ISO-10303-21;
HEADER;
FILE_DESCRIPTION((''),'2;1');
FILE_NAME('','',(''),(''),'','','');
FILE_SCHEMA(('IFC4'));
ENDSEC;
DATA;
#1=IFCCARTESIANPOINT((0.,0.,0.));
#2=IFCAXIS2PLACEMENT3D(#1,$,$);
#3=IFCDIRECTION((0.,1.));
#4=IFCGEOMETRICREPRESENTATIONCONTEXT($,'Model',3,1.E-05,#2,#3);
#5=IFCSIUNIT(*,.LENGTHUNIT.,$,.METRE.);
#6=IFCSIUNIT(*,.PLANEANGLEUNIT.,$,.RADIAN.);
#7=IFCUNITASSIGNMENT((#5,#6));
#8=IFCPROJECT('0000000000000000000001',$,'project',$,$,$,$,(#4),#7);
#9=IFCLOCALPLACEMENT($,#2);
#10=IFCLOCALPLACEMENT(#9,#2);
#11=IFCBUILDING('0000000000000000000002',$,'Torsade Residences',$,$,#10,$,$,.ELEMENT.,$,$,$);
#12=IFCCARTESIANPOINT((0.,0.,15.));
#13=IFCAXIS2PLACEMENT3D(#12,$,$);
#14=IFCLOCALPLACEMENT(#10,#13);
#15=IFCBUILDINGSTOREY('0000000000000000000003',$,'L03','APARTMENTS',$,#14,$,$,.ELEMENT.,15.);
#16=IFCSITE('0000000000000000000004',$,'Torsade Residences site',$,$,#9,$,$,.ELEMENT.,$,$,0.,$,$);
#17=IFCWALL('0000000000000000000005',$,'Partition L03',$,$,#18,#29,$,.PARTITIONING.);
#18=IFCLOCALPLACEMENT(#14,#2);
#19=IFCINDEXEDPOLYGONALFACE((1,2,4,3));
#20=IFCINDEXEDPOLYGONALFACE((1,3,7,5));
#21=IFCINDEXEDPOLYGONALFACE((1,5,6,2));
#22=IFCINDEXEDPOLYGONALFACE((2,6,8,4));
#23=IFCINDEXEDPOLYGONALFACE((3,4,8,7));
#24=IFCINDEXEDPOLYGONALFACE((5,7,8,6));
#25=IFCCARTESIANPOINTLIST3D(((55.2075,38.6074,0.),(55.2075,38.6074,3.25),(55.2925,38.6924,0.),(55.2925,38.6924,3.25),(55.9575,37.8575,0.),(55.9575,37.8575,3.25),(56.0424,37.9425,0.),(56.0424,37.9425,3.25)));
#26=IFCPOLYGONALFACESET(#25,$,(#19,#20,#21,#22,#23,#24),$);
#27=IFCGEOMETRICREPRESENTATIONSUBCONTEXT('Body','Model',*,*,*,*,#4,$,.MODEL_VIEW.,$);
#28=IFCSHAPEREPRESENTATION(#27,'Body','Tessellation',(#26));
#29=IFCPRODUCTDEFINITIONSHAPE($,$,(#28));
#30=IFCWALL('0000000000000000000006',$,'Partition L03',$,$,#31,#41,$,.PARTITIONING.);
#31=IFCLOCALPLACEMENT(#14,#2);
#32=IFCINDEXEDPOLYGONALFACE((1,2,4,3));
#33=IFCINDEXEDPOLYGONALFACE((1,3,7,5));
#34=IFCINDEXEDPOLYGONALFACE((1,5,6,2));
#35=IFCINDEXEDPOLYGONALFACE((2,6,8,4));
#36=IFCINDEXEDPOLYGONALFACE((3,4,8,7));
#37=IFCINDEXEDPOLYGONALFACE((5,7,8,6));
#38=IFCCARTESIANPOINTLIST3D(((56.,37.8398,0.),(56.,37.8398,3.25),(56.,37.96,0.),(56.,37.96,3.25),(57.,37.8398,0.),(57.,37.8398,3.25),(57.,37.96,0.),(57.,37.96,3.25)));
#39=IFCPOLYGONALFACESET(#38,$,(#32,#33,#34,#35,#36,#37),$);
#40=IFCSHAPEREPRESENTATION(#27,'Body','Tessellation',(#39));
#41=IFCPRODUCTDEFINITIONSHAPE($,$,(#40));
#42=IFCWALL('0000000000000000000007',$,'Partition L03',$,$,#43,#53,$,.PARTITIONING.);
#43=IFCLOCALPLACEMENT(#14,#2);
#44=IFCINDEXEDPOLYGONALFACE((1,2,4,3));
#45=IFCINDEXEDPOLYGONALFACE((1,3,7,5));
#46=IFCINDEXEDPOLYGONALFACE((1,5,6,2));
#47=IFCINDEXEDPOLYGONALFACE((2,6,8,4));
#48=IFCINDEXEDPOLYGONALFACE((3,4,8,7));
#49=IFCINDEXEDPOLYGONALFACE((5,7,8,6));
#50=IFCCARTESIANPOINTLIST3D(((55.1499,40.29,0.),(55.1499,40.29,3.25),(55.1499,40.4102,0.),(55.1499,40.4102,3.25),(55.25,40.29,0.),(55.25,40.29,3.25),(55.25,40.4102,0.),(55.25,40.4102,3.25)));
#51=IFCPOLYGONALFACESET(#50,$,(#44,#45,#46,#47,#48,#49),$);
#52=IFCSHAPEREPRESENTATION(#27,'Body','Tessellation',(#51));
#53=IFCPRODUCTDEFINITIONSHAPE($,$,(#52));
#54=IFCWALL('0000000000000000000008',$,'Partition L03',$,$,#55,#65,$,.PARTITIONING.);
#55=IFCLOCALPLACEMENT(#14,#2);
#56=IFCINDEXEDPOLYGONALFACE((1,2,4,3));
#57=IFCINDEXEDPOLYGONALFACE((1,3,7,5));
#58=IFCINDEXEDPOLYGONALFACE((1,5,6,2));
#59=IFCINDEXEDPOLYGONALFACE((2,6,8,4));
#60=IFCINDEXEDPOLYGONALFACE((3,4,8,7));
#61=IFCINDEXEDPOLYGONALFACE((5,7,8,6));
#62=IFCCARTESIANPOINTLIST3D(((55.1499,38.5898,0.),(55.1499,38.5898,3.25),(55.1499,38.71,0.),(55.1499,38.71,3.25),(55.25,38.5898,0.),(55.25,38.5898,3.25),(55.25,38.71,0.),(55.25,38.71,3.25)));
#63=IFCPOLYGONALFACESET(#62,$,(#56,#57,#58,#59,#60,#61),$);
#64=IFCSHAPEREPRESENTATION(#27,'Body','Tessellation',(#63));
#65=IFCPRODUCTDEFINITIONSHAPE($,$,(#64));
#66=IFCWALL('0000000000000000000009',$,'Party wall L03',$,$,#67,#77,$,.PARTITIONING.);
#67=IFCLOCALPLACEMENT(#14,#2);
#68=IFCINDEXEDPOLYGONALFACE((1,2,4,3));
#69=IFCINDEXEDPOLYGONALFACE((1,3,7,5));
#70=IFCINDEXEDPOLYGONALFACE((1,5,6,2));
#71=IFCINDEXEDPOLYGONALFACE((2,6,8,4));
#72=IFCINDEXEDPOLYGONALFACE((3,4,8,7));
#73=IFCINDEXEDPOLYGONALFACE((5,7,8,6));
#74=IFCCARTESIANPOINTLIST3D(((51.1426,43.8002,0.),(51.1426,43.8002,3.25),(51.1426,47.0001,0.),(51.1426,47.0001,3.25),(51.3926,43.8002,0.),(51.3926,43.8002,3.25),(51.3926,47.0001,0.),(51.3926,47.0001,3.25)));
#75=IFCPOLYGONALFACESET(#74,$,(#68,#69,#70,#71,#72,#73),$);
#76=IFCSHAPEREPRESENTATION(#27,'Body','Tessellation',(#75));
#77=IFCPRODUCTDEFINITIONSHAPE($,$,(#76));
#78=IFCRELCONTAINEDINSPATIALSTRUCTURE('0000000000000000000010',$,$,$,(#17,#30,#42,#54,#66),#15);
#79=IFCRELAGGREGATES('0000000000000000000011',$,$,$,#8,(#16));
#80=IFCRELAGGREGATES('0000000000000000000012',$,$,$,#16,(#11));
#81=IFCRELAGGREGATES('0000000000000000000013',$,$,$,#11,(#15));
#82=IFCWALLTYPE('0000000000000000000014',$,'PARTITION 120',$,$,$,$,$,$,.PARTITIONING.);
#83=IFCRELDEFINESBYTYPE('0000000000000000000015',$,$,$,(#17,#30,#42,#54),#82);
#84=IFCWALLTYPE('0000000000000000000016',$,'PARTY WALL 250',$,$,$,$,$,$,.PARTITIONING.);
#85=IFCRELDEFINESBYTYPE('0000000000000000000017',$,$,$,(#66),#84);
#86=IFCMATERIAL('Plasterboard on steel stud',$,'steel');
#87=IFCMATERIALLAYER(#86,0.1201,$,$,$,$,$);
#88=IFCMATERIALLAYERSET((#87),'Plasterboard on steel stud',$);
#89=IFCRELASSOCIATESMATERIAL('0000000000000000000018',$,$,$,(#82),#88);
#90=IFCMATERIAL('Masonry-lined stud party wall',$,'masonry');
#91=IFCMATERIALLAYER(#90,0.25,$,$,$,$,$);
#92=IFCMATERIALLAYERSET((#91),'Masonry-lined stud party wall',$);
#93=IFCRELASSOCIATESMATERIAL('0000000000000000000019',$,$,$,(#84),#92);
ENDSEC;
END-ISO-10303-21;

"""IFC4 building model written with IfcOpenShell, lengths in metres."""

from ifc_helpers import new_model, si_unit, direction, frame, frame_2d, origin, place, context, subcontext, project, spatial, rectangle, extrude, material, layer, layer_set, type_object, element, save


model = new_model("IFC4")

# Units and contexts
model_context = context("Model", 3, precision=1e-05, world=origin(), true_north=direction((0.0, 1.0)))
body_context = subcontext(model_context, "Body", "Model", "MODEL_VIEW")
ifc_project = project(units=[si_unit("LENGTHUNIT", "METRE"), si_unit("PLANEANGLEUNIT", "RADIAN")], contexts=[model_context])

# Site, building, storey
site_placement = place(None, origin())
site = spatial("IfcSite", under=ifc_project, at=site_placement, Name="Torsade Residences site", CompositionType="ELEMENT", RefElevation=0.0)
building_placement = place(site_placement, origin())
building = spatial("IfcBuilding", under=site, at=building_placement, Name="Torsade Residences", CompositionType="ELEMENT")
storey_placement = place(building_placement, frame((0.0, 0.0, 15.0)))
storey = spatial("IfcBuildingStorey", under=building, at=storey_placement, Name="L03", Description="APARTMENTS", CompositionType="ELEMENT", Elevation=15.0)

# Walls
ifc_material_1 = material(Name="Plasterboard on steel stud", Category="steel")
ifc_layer_1 = layer(ifc_material_1, 0.1201)
ifc_layer_set_1 = layer_set([ifc_layer_1], Name="Plasterboard on steel stud")
wall_type_1 = type_object("IfcWallType", Name="PARTITION 120", PredefinedType="PARTITIONING", material=ifc_layer_set_1)
wall_1_placement = place(storey_placement, frame((55.25, 38.6499, 0.0), z_axis=(0.0, 0.0, 1.0), x_axis=(0.707107, -0.707107, 0.0)))
element("IfcWall", 1, at=wall_1_placement, inside=storey, type_object=wall_type_1, Name="Partition L03", PredefinedType="PARTITIONING", context=body_context, shape_type="SweptSolid", body=[
    extrude(rectangle(XDim=1.0605, YDim=0.1201, at=frame_2d((0.5303, 0.0))), origin(), (0.0, 0.0, 1.0), 3.25),
])
wall_2_placement = place(storey_placement, frame((56.0, 37.8999, 0.0), z_axis=(0.0, 0.0, 1.0), x_axis=(1.0, 0.0, 0.0)))
element("IfcWall", 2, at=wall_2_placement, inside=storey, type_object=wall_type_1, Name="Partition L03", PredefinedType="PARTITIONING", context=body_context, shape_type="SweptSolid", body=[
    extrude(rectangle(XDim=1.0, YDim=0.1201, at=frame_2d((0.5, 0.0))), origin(), (0.0, 0.0, 1.0), 3.25),
])
for number, where, z_axis, x_axis, name in (
    (3, (55.1499, 40.3501, 0.0), (0.0, 0.0, 1.0), (1.0, 0.0, 0.0), "Partition L03"),
    (4, (55.1499, 38.6499, 0.0), (0.0, 0.0, 1.0), (1.0, 0.0, 0.0), "Partition L03"),
):
    element("IfcWall", number, at=place(storey_placement, frame(where, z_axis=z_axis, x_axis=x_axis)), inside=storey, type_object=wall_type_1, Name=name, PredefinedType="PARTITIONING", context=body_context, shape_type="SweptSolid", body=[
        extrude(rectangle(XDim=0.1001, YDim=0.1201, at=frame_2d((0.05, 0.0))), origin(), (0.0, 0.0, 1.0), 3.25),
    ])
ifc_material_2 = material(Name="Masonry-lined stud party wall", Category="masonry")
ifc_layer_2 = layer(ifc_material_2, 0.25)
ifc_layer_set_2 = layer_set([ifc_layer_2], Name="Masonry-lined stud party wall")
wall_type_2 = type_object("IfcWallType", Name="PARTY WALL 250", PredefinedType="PARTITIONING", material=ifc_layer_set_2)
wall_3_placement = place(storey_placement, frame((51.2676, 43.8, 0.0), z_axis=(0.0, 0.0, 1.0), x_axis=(0.0, 1.0, 0.0)))
element("IfcWall", 5, at=wall_3_placement, inside=storey, type_object=wall_type_2, Name="Party wall L03", PredefinedType="PARTITIONING", context=body_context, shape_type="SweptSolid", body=[
    extrude(rectangle(XDim=3.2, YDim=0.25, at=frame_2d((1.6001, 0.0))), origin(), (0.0, 0.0, 1.0), 3.25),
])

save(model, "model.ifc")
